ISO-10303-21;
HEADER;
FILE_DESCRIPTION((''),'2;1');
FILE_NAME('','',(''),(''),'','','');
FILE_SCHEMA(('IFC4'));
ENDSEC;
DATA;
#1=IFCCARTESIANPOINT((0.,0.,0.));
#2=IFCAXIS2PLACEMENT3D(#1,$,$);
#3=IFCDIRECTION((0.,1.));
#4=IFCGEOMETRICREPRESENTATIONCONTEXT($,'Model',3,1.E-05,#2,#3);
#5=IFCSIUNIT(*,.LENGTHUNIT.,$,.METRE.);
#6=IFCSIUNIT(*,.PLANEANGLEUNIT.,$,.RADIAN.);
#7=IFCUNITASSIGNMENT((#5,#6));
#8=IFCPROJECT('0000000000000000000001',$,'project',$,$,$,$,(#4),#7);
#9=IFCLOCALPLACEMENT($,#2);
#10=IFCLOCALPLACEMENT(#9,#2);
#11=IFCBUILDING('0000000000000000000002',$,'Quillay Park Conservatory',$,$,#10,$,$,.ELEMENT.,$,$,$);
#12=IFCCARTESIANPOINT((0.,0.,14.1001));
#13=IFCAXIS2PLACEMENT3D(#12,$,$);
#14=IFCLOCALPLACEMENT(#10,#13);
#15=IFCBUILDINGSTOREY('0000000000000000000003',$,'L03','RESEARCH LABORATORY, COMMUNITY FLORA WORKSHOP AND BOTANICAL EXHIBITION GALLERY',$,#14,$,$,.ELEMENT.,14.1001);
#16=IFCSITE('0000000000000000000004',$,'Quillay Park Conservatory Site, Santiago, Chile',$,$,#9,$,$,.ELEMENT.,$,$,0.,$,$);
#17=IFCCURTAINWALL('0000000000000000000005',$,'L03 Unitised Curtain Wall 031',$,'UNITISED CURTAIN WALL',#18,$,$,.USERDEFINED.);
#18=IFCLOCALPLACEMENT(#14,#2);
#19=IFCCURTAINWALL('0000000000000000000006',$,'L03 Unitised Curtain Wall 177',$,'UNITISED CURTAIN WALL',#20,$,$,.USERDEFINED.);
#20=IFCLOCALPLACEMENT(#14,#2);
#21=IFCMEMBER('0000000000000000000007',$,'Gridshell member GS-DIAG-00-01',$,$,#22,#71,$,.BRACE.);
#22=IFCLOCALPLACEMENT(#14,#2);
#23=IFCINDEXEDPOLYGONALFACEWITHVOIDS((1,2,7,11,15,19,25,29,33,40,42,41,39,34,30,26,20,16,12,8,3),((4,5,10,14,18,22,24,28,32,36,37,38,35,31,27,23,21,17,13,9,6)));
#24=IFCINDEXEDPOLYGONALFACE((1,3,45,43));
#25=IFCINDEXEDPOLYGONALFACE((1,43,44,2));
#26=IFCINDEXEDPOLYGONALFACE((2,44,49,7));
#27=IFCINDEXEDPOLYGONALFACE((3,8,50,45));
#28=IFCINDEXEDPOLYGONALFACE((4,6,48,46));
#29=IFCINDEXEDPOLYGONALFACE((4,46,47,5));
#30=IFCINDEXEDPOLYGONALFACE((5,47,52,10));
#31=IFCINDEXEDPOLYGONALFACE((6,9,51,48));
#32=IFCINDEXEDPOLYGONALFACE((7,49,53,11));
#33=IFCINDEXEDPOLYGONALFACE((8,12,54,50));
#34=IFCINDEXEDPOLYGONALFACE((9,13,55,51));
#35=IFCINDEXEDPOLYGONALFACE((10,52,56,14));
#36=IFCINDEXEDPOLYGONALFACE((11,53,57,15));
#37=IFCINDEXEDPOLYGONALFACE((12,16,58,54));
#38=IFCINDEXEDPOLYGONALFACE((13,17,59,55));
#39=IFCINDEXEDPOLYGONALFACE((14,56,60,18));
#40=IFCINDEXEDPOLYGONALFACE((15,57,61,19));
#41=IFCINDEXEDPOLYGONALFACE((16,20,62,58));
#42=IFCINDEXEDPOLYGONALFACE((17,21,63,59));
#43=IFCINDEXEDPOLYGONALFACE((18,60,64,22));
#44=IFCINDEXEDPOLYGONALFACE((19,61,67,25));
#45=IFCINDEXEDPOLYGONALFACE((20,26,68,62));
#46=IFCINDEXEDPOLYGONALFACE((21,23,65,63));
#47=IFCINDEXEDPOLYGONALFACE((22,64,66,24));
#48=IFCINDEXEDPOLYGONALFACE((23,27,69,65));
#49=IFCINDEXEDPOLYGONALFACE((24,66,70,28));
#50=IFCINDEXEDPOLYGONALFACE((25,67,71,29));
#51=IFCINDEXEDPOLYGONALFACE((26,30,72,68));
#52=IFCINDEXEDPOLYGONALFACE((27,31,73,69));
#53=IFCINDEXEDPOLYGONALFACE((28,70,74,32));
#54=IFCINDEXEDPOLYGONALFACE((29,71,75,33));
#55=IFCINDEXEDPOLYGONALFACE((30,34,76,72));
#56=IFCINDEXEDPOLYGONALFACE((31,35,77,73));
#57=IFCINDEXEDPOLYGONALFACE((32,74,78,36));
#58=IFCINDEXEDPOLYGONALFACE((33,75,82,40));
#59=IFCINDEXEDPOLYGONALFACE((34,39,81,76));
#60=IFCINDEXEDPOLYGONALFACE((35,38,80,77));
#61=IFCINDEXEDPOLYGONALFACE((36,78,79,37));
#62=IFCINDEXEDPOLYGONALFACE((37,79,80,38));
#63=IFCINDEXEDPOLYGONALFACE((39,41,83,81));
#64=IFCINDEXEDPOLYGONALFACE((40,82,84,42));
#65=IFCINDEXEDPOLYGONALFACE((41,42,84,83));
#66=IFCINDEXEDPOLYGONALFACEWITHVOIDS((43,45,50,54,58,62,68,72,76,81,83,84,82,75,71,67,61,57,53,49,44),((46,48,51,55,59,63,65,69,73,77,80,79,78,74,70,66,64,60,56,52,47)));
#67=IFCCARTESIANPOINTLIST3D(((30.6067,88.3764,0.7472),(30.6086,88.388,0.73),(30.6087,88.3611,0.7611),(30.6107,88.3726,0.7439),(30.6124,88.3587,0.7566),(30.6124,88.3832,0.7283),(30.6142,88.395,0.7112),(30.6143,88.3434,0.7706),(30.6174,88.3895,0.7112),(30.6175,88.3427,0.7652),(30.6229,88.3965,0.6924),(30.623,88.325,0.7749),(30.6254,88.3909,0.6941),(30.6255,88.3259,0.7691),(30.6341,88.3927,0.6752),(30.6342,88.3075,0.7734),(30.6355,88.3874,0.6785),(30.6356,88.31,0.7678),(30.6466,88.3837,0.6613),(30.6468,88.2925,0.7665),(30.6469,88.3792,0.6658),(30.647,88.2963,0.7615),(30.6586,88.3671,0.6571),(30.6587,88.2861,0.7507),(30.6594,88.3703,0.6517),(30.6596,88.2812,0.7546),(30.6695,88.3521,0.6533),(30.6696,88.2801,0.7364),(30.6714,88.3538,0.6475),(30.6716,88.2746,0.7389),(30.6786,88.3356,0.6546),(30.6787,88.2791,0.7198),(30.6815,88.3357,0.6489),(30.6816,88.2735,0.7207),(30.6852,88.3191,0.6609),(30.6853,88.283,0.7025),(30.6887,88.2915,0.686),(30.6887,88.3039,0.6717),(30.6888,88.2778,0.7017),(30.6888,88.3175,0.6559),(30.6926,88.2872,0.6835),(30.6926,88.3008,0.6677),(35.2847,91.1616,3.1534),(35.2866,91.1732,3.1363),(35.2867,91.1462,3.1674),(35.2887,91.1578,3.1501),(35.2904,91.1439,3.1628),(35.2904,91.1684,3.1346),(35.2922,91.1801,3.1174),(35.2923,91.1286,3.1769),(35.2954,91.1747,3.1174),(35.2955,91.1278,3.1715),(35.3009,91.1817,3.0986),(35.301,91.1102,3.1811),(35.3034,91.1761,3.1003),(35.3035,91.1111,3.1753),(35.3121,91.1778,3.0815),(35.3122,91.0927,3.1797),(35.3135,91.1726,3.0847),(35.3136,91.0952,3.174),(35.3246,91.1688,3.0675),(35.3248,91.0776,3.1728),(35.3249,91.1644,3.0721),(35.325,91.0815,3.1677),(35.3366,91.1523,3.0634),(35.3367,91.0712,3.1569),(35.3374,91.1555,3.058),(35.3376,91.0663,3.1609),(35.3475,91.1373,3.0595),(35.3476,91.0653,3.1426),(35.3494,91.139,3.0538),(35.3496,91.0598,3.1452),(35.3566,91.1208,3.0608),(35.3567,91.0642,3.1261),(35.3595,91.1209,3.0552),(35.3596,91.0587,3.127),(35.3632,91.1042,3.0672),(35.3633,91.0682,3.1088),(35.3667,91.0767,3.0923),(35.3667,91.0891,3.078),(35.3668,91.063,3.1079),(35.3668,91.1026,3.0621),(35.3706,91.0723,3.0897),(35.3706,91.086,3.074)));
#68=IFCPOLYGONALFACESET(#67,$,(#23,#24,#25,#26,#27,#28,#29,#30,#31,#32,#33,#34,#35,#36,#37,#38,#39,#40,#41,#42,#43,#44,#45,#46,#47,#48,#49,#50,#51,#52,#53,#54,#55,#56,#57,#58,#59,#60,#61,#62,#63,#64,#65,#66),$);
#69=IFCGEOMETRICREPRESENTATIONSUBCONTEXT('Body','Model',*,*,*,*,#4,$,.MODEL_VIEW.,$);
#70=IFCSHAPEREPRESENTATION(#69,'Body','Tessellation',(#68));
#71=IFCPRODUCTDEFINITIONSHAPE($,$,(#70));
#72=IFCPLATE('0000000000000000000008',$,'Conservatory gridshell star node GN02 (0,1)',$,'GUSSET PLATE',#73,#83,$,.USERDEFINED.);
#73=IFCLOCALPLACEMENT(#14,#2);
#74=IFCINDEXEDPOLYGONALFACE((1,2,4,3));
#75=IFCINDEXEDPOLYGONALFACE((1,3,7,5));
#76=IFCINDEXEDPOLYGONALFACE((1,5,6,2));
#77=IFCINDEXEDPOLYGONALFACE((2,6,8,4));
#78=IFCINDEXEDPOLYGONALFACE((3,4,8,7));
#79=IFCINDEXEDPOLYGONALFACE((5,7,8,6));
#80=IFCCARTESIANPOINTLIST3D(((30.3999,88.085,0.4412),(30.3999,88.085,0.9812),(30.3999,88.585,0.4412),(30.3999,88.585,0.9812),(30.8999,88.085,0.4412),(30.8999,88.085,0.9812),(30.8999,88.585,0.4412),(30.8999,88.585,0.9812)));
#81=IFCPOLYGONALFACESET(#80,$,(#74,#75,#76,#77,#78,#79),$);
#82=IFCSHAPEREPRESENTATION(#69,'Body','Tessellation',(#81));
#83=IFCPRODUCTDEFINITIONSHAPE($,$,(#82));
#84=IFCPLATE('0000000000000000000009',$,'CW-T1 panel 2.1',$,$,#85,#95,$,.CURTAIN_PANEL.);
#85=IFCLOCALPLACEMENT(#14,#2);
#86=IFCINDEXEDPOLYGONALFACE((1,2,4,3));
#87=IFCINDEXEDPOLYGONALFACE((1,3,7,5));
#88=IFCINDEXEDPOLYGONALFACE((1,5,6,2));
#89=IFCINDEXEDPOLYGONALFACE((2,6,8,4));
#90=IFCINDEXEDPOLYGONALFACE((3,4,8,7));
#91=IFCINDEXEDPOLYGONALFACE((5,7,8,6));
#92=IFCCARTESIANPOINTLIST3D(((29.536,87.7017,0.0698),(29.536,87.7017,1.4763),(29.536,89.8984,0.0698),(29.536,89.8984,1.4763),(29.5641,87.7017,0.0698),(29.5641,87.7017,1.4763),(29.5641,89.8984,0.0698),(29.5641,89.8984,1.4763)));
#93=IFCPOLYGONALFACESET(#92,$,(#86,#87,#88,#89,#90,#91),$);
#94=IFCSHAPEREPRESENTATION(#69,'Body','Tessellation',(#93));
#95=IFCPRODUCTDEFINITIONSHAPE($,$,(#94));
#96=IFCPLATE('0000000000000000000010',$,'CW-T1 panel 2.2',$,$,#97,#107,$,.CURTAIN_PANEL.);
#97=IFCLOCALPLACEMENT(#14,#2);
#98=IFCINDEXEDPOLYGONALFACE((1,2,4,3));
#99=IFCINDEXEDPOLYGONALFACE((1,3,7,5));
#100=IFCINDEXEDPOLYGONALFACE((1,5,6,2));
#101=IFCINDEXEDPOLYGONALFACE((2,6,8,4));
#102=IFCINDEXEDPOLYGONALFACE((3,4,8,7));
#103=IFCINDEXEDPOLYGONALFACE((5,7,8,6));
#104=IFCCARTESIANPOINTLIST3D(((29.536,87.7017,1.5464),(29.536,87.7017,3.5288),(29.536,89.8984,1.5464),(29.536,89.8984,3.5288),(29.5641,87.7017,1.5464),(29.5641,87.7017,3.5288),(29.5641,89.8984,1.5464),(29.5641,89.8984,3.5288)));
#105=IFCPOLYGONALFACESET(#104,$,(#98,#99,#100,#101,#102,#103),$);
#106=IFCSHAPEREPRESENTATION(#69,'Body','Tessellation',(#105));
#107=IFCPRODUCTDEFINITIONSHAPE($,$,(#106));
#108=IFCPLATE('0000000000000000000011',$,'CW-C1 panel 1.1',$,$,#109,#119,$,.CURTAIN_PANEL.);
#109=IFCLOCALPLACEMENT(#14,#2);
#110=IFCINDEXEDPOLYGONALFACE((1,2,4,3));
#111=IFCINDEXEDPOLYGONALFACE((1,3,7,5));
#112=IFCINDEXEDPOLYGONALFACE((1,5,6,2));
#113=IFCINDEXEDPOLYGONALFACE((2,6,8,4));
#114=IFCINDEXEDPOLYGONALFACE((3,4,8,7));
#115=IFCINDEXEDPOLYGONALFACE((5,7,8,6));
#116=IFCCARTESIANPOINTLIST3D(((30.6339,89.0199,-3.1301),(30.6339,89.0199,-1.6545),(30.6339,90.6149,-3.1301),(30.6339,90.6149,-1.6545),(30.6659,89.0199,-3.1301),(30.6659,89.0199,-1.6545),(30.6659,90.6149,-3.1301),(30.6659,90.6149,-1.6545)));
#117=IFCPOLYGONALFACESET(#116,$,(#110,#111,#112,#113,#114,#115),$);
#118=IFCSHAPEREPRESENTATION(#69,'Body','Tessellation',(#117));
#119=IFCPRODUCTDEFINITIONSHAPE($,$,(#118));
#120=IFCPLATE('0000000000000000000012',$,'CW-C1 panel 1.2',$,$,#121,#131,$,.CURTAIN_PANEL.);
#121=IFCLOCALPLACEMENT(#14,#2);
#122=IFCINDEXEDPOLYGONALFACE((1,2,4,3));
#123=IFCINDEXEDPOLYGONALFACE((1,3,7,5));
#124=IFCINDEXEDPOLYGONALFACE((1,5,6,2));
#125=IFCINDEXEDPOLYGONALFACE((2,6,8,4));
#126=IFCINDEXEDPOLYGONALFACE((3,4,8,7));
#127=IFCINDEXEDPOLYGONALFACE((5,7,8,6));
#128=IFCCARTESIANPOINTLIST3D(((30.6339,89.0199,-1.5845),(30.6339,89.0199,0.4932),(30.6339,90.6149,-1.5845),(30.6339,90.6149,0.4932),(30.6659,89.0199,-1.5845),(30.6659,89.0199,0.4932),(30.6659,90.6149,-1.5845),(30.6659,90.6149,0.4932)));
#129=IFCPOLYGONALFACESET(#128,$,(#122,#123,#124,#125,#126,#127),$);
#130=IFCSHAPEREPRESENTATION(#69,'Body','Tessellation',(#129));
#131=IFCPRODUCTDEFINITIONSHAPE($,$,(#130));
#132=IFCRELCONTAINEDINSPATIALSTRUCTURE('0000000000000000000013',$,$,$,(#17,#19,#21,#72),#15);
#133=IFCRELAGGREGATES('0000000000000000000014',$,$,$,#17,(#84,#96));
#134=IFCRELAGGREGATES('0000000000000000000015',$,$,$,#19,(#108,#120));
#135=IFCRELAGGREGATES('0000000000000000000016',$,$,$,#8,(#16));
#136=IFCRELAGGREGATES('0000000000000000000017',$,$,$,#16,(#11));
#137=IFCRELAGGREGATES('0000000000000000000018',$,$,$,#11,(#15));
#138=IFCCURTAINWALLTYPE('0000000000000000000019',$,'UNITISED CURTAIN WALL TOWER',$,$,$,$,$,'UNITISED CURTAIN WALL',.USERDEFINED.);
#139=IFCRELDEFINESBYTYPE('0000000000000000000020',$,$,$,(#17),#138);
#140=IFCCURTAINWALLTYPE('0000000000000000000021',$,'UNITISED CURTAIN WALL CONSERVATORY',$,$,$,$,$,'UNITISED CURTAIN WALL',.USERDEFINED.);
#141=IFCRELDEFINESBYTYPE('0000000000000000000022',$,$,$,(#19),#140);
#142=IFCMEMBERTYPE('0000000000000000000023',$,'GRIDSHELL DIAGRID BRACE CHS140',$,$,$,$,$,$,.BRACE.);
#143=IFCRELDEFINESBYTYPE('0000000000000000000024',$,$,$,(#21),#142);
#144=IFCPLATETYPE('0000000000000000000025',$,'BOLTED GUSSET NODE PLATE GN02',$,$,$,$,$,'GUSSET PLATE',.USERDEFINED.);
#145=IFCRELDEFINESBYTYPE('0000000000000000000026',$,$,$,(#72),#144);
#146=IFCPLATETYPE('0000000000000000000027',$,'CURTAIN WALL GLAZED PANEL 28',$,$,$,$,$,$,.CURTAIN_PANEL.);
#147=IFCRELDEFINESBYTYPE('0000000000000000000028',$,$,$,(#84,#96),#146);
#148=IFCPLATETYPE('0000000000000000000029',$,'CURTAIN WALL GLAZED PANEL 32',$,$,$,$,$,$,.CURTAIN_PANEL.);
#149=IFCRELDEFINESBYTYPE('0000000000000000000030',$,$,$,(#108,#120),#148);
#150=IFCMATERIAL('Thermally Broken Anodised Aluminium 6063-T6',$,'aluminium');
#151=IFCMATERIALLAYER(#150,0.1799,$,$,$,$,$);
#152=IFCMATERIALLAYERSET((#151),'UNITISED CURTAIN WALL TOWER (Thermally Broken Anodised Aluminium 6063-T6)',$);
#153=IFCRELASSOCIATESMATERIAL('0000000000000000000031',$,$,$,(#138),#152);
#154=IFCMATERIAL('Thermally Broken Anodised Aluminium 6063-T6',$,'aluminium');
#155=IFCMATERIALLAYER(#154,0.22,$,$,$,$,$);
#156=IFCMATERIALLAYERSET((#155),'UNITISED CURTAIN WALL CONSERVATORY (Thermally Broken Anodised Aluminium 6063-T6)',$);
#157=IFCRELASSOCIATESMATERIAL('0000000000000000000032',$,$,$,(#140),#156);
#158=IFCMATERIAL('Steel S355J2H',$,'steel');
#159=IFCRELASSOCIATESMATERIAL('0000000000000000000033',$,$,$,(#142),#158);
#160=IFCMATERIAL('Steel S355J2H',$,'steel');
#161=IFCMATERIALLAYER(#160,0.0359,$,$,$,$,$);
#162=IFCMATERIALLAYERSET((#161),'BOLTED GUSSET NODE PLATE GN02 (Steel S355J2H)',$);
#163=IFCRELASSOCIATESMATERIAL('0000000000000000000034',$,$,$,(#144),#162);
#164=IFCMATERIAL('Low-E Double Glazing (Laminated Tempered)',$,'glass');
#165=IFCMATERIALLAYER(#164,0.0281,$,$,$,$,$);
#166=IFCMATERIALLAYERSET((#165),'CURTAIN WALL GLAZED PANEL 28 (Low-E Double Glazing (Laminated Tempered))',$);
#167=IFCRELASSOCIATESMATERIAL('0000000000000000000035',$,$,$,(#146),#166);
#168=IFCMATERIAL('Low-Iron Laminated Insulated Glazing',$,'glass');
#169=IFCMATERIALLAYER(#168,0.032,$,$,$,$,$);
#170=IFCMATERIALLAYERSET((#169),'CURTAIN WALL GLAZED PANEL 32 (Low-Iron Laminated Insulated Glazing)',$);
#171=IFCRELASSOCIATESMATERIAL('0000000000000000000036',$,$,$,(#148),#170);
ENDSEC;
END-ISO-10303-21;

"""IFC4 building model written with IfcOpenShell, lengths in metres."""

from ifc_helpers import new_model, si_unit, direction, frame, origin, origin_2d, place, context, subcontext, project, spatial, rectangle, hollow_circle, extrude, material, layer, layer_set, material_profile, profile_set, type_object, element, aggregate, save


model = new_model("IFC4")

# Units and contexts
model_context = context("Model", 3, precision=1e-05, world=origin(), true_north=direction((0.0, 1.0)))
body_context = subcontext(model_context, "Body", "Model", "MODEL_VIEW")
ifc_project = project(units=[si_unit("LENGTHUNIT", "METRE"), si_unit("PLANEANGLEUNIT", "RADIAN")], contexts=[model_context])

# Site, building, storey
site_placement = place(None, origin())
site = spatial("IfcSite", under=ifc_project, at=site_placement, Name="Quillay Park Conservatory Site, Santiago, Chile", CompositionType="ELEMENT", RefElevation=0.0)
building_placement = place(site_placement, origin())
building = spatial("IfcBuilding", under=site, at=building_placement, Name="Quillay Park Conservatory", CompositionType="ELEMENT")
storey_placement = place(building_placement, frame((0.0, 0.0, 14.1001)))
storey = spatial("IfcBuildingStorey", under=building, at=storey_placement, Name="L03", Description="RESEARCH LABORATORY, COMMUNITY FLORA WORKSHOP AND BOTANICAL EXHIBITION GALLERY", CompositionType="ELEMENT", Elevation=14.1001)

# Curtain wall
ifc_material_1 = material(Name="Thermally Broken Anodised Aluminium 6063-T6", Category="aluminium")
ifc_layer_1 = layer(ifc_material_1, 0.1799)
ifc_layer_set_1 = layer_set([ifc_layer_1], Name="UNITISED CURTAIN WALL TOWER (Thermally Broken Anodised Aluminium 6063-T6)")
curtain_wall_type_1 = type_object("IfcCurtainWallType", Name="UNITISED CURTAIN WALL TOWER", ElementType="UNITISED CURTAIN WALL", PredefinedType="USERDEFINED", material=ifc_layer_set_1)
curtain_wall_1_placement = place(storey_placement, origin())
curtain_wall_1 = element("IfcCurtainWall", 1, at=curtain_wall_1_placement, inside=storey, type_object=curtain_wall_type_1, Name="L03 Unitised Curtain Wall 031", ObjectType="UNITISED CURTAIN WALL", PredefinedType="USERDEFINED")

# Shared definitions
ifc_material_2 = material(Name="Thermally Broken Anodised Aluminium 6063-T6", Category="aluminium")
ifc_layer_2 = layer(ifc_material_2, 0.22)
ifc_layer_set_2 = layer_set([ifc_layer_2], Name="UNITISED CURTAIN WALL CONSERVATORY (Thermally Broken Anodised Aluminium 6063-T6)")
curtain_wall_type_2 = type_object("IfcCurtainWallType", Name="UNITISED CURTAIN WALL CONSERVATORY", ElementType="UNITISED CURTAIN WALL", PredefinedType="USERDEFINED", material=ifc_layer_set_2)

# Curtain wall
curtain_wall_2_placement = place(storey_placement, origin())
curtain_wall_2 = element("IfcCurtainWall", 2, at=curtain_wall_2_placement, inside=storey, type_object=curtain_wall_type_2, Name="L03 Unitised Curtain Wall 177", ObjectType="UNITISED CURTAIN WALL", PredefinedType="USERDEFINED")

# Member
ifc_material_3 = material(Name="Steel S355J2H", Category="steel")
ifc_material_profile_1 = material_profile(ifc_material_3, hollow_circle(Radius=0.0698, WallThickness=0.0063, at=origin_2d()), Name="CHS139.7x6.3")
ifc_profile_set_1 = profile_set([ifc_material_profile_1], Name="Steel S355J2H")
member_type_1 = type_object("IfcMemberType", Name="GRIDSHELL DIAGRID BRACE CHS140", PredefinedType="BRACE", material=ifc_profile_set_1)
member_1_placement = place(storey_placement, frame((30.6499, 88.335, 0.7112), z_axis=(0.785903, 0.467908, 0.404251), x_axis=(-0.511571, 0.859241, 0.0)))
element("IfcMember", 3, at=member_1_placement, inside=storey, type_object=member_type_1, Name="Gridshell member GS-DIAG-00-01", PredefinedType="BRACE", context=body_context, shape_type="SweptSolid", body=[
    extrude(hollow_circle(Radius=0.0698, WallThickness=0.0063, at=origin_2d()), origin(), (0.0, 0.0, 1.0), 5.9524),
])

# Plates
ifc_material_4 = material(Name="Steel S355J2H", Category="steel")
ifc_layer_3 = layer(ifc_material_4, 0.0359)
ifc_layer_set_3 = layer_set([ifc_layer_3], Name="BOLTED GUSSET NODE PLATE GN02 (Steel S355J2H)")
plate_type_1 = type_object("IfcPlateType", Name="BOLTED GUSSET NODE PLATE GN02", ElementType="GUSSET PLATE", PredefinedType="USERDEFINED", material=ifc_layer_set_3)
plate_1_placement = place(storey_placement, frame((30.6499, 88.335, 0.4412), z_axis=(0.0, 0.0, 1.0), x_axis=(1.0, 0.0, 0.0)))
element("IfcPlate", 4, at=plate_1_placement, inside=storey, type_object=plate_type_1, Name="Conservatory gridshell star node GN02 (0,1)", ObjectType="GUSSET PLATE", PredefinedType="USERDEFINED", context=body_context, shape_type="SweptSolid", body=[
    extrude(rectangle(XDim=0.5, YDim=0.5, at=origin_2d()), origin(), (0.0, 0.0, 1.0), 0.54),
])
ifc_material_5 = material(Name="Low-E Double Glazing (Laminated Tempered)", Category="glass")
ifc_layer_4 = layer(ifc_material_5, 0.0281)
ifc_layer_set_4 = layer_set([ifc_layer_4], Name="CURTAIN WALL GLAZED PANEL 28 (Low-E Double Glazing (Laminated Tempered))")
plate_type_2 = type_object("IfcPlateType", Name="CURTAIN WALL GLAZED PANEL 28", PredefinedType="CURTAIN_PANEL", material=ifc_layer_set_4)
plate_2_placement = place(storey_placement, frame((29.55, 88.8, 0.0698), z_axis=(0.0, 0.0, 1.0), x_axis=(0.0, -1.0, 0.0)))
plate_2 = element("IfcPlate", 5, at=plate_2_placement, type_object=plate_type_2, Name="CW-T1 panel 2.1", PredefinedType="CURTAIN_PANEL", context=body_context, shape_type="SweptSolid", body=[
    extrude(rectangle(XDim=2.1968, YDim=0.0281, at=origin_2d()), origin(), (0.0, 0.0, 1.0), 1.4065),
])
plate_3_placement = place(storey_placement, frame((29.55, 88.8, 1.5464), z_axis=(0.0, 0.0, 1.0), x_axis=(0.0, -1.0, 0.0)))
plate_3 = element("IfcPlate", 6, at=plate_3_placement, type_object=plate_type_2, Name="CW-T1 panel 2.2", PredefinedType="CURTAIN_PANEL", context=body_context, shape_type="SweptSolid", body=[
    extrude(rectangle(XDim=2.1968, YDim=0.0281, at=origin_2d()), origin(), (0.0, 0.0, 1.0), 1.9824),
])
aggregate(curtain_wall_1, [plate_2, plate_3])
ifc_material_6 = material(Name="Low-Iron Laminated Insulated Glazing", Category="glass")
ifc_layer_5 = layer(ifc_material_6, 0.032)
ifc_layer_set_5 = layer_set([ifc_layer_5], Name="CURTAIN WALL GLAZED PANEL 32 (Low-Iron Laminated Insulated Glazing)")
plate_type_3 = type_object("IfcPlateType", Name="CURTAIN WALL GLAZED PANEL 32", PredefinedType="CURTAIN_PANEL", material=ifc_layer_set_5)
plate_4_placement = place(storey_placement, frame((30.6499, 89.8174, -3.1301), z_axis=(0.0, 0.0, 1.0), x_axis=(0.0, 1.0, 0.0)))
plate_4 = element("IfcPlate", 7, at=plate_4_placement, type_object=plate_type_3, Name="CW-C1 panel 1.1", PredefinedType="CURTAIN_PANEL", context=body_context, shape_type="SweptSolid", body=[
    extrude(rectangle(XDim=1.595, YDim=0.032, at=origin_2d()), origin(), (0.0, 0.0, 1.0), 1.4756),
])
plate_5_placement = place(storey_placement, frame((30.6499, 89.8174, -1.5845), z_axis=(0.0, 0.0, 1.0), x_axis=(0.0, 1.0, 0.0)))
plate_5 = element("IfcPlate", 8, at=plate_5_placement, type_object=plate_type_3, Name="CW-C1 panel 1.2", PredefinedType="CURTAIN_PANEL", context=body_context, shape_type="SweptSolid", body=[
    extrude(rectangle(XDim=1.595, YDim=0.032, at=origin_2d()), origin(), (0.0, 0.0, 1.0), 2.0776),
])
aggregate(curtain_wall_2, [plate_4, plate_5])

save(model, "model.ifc")
